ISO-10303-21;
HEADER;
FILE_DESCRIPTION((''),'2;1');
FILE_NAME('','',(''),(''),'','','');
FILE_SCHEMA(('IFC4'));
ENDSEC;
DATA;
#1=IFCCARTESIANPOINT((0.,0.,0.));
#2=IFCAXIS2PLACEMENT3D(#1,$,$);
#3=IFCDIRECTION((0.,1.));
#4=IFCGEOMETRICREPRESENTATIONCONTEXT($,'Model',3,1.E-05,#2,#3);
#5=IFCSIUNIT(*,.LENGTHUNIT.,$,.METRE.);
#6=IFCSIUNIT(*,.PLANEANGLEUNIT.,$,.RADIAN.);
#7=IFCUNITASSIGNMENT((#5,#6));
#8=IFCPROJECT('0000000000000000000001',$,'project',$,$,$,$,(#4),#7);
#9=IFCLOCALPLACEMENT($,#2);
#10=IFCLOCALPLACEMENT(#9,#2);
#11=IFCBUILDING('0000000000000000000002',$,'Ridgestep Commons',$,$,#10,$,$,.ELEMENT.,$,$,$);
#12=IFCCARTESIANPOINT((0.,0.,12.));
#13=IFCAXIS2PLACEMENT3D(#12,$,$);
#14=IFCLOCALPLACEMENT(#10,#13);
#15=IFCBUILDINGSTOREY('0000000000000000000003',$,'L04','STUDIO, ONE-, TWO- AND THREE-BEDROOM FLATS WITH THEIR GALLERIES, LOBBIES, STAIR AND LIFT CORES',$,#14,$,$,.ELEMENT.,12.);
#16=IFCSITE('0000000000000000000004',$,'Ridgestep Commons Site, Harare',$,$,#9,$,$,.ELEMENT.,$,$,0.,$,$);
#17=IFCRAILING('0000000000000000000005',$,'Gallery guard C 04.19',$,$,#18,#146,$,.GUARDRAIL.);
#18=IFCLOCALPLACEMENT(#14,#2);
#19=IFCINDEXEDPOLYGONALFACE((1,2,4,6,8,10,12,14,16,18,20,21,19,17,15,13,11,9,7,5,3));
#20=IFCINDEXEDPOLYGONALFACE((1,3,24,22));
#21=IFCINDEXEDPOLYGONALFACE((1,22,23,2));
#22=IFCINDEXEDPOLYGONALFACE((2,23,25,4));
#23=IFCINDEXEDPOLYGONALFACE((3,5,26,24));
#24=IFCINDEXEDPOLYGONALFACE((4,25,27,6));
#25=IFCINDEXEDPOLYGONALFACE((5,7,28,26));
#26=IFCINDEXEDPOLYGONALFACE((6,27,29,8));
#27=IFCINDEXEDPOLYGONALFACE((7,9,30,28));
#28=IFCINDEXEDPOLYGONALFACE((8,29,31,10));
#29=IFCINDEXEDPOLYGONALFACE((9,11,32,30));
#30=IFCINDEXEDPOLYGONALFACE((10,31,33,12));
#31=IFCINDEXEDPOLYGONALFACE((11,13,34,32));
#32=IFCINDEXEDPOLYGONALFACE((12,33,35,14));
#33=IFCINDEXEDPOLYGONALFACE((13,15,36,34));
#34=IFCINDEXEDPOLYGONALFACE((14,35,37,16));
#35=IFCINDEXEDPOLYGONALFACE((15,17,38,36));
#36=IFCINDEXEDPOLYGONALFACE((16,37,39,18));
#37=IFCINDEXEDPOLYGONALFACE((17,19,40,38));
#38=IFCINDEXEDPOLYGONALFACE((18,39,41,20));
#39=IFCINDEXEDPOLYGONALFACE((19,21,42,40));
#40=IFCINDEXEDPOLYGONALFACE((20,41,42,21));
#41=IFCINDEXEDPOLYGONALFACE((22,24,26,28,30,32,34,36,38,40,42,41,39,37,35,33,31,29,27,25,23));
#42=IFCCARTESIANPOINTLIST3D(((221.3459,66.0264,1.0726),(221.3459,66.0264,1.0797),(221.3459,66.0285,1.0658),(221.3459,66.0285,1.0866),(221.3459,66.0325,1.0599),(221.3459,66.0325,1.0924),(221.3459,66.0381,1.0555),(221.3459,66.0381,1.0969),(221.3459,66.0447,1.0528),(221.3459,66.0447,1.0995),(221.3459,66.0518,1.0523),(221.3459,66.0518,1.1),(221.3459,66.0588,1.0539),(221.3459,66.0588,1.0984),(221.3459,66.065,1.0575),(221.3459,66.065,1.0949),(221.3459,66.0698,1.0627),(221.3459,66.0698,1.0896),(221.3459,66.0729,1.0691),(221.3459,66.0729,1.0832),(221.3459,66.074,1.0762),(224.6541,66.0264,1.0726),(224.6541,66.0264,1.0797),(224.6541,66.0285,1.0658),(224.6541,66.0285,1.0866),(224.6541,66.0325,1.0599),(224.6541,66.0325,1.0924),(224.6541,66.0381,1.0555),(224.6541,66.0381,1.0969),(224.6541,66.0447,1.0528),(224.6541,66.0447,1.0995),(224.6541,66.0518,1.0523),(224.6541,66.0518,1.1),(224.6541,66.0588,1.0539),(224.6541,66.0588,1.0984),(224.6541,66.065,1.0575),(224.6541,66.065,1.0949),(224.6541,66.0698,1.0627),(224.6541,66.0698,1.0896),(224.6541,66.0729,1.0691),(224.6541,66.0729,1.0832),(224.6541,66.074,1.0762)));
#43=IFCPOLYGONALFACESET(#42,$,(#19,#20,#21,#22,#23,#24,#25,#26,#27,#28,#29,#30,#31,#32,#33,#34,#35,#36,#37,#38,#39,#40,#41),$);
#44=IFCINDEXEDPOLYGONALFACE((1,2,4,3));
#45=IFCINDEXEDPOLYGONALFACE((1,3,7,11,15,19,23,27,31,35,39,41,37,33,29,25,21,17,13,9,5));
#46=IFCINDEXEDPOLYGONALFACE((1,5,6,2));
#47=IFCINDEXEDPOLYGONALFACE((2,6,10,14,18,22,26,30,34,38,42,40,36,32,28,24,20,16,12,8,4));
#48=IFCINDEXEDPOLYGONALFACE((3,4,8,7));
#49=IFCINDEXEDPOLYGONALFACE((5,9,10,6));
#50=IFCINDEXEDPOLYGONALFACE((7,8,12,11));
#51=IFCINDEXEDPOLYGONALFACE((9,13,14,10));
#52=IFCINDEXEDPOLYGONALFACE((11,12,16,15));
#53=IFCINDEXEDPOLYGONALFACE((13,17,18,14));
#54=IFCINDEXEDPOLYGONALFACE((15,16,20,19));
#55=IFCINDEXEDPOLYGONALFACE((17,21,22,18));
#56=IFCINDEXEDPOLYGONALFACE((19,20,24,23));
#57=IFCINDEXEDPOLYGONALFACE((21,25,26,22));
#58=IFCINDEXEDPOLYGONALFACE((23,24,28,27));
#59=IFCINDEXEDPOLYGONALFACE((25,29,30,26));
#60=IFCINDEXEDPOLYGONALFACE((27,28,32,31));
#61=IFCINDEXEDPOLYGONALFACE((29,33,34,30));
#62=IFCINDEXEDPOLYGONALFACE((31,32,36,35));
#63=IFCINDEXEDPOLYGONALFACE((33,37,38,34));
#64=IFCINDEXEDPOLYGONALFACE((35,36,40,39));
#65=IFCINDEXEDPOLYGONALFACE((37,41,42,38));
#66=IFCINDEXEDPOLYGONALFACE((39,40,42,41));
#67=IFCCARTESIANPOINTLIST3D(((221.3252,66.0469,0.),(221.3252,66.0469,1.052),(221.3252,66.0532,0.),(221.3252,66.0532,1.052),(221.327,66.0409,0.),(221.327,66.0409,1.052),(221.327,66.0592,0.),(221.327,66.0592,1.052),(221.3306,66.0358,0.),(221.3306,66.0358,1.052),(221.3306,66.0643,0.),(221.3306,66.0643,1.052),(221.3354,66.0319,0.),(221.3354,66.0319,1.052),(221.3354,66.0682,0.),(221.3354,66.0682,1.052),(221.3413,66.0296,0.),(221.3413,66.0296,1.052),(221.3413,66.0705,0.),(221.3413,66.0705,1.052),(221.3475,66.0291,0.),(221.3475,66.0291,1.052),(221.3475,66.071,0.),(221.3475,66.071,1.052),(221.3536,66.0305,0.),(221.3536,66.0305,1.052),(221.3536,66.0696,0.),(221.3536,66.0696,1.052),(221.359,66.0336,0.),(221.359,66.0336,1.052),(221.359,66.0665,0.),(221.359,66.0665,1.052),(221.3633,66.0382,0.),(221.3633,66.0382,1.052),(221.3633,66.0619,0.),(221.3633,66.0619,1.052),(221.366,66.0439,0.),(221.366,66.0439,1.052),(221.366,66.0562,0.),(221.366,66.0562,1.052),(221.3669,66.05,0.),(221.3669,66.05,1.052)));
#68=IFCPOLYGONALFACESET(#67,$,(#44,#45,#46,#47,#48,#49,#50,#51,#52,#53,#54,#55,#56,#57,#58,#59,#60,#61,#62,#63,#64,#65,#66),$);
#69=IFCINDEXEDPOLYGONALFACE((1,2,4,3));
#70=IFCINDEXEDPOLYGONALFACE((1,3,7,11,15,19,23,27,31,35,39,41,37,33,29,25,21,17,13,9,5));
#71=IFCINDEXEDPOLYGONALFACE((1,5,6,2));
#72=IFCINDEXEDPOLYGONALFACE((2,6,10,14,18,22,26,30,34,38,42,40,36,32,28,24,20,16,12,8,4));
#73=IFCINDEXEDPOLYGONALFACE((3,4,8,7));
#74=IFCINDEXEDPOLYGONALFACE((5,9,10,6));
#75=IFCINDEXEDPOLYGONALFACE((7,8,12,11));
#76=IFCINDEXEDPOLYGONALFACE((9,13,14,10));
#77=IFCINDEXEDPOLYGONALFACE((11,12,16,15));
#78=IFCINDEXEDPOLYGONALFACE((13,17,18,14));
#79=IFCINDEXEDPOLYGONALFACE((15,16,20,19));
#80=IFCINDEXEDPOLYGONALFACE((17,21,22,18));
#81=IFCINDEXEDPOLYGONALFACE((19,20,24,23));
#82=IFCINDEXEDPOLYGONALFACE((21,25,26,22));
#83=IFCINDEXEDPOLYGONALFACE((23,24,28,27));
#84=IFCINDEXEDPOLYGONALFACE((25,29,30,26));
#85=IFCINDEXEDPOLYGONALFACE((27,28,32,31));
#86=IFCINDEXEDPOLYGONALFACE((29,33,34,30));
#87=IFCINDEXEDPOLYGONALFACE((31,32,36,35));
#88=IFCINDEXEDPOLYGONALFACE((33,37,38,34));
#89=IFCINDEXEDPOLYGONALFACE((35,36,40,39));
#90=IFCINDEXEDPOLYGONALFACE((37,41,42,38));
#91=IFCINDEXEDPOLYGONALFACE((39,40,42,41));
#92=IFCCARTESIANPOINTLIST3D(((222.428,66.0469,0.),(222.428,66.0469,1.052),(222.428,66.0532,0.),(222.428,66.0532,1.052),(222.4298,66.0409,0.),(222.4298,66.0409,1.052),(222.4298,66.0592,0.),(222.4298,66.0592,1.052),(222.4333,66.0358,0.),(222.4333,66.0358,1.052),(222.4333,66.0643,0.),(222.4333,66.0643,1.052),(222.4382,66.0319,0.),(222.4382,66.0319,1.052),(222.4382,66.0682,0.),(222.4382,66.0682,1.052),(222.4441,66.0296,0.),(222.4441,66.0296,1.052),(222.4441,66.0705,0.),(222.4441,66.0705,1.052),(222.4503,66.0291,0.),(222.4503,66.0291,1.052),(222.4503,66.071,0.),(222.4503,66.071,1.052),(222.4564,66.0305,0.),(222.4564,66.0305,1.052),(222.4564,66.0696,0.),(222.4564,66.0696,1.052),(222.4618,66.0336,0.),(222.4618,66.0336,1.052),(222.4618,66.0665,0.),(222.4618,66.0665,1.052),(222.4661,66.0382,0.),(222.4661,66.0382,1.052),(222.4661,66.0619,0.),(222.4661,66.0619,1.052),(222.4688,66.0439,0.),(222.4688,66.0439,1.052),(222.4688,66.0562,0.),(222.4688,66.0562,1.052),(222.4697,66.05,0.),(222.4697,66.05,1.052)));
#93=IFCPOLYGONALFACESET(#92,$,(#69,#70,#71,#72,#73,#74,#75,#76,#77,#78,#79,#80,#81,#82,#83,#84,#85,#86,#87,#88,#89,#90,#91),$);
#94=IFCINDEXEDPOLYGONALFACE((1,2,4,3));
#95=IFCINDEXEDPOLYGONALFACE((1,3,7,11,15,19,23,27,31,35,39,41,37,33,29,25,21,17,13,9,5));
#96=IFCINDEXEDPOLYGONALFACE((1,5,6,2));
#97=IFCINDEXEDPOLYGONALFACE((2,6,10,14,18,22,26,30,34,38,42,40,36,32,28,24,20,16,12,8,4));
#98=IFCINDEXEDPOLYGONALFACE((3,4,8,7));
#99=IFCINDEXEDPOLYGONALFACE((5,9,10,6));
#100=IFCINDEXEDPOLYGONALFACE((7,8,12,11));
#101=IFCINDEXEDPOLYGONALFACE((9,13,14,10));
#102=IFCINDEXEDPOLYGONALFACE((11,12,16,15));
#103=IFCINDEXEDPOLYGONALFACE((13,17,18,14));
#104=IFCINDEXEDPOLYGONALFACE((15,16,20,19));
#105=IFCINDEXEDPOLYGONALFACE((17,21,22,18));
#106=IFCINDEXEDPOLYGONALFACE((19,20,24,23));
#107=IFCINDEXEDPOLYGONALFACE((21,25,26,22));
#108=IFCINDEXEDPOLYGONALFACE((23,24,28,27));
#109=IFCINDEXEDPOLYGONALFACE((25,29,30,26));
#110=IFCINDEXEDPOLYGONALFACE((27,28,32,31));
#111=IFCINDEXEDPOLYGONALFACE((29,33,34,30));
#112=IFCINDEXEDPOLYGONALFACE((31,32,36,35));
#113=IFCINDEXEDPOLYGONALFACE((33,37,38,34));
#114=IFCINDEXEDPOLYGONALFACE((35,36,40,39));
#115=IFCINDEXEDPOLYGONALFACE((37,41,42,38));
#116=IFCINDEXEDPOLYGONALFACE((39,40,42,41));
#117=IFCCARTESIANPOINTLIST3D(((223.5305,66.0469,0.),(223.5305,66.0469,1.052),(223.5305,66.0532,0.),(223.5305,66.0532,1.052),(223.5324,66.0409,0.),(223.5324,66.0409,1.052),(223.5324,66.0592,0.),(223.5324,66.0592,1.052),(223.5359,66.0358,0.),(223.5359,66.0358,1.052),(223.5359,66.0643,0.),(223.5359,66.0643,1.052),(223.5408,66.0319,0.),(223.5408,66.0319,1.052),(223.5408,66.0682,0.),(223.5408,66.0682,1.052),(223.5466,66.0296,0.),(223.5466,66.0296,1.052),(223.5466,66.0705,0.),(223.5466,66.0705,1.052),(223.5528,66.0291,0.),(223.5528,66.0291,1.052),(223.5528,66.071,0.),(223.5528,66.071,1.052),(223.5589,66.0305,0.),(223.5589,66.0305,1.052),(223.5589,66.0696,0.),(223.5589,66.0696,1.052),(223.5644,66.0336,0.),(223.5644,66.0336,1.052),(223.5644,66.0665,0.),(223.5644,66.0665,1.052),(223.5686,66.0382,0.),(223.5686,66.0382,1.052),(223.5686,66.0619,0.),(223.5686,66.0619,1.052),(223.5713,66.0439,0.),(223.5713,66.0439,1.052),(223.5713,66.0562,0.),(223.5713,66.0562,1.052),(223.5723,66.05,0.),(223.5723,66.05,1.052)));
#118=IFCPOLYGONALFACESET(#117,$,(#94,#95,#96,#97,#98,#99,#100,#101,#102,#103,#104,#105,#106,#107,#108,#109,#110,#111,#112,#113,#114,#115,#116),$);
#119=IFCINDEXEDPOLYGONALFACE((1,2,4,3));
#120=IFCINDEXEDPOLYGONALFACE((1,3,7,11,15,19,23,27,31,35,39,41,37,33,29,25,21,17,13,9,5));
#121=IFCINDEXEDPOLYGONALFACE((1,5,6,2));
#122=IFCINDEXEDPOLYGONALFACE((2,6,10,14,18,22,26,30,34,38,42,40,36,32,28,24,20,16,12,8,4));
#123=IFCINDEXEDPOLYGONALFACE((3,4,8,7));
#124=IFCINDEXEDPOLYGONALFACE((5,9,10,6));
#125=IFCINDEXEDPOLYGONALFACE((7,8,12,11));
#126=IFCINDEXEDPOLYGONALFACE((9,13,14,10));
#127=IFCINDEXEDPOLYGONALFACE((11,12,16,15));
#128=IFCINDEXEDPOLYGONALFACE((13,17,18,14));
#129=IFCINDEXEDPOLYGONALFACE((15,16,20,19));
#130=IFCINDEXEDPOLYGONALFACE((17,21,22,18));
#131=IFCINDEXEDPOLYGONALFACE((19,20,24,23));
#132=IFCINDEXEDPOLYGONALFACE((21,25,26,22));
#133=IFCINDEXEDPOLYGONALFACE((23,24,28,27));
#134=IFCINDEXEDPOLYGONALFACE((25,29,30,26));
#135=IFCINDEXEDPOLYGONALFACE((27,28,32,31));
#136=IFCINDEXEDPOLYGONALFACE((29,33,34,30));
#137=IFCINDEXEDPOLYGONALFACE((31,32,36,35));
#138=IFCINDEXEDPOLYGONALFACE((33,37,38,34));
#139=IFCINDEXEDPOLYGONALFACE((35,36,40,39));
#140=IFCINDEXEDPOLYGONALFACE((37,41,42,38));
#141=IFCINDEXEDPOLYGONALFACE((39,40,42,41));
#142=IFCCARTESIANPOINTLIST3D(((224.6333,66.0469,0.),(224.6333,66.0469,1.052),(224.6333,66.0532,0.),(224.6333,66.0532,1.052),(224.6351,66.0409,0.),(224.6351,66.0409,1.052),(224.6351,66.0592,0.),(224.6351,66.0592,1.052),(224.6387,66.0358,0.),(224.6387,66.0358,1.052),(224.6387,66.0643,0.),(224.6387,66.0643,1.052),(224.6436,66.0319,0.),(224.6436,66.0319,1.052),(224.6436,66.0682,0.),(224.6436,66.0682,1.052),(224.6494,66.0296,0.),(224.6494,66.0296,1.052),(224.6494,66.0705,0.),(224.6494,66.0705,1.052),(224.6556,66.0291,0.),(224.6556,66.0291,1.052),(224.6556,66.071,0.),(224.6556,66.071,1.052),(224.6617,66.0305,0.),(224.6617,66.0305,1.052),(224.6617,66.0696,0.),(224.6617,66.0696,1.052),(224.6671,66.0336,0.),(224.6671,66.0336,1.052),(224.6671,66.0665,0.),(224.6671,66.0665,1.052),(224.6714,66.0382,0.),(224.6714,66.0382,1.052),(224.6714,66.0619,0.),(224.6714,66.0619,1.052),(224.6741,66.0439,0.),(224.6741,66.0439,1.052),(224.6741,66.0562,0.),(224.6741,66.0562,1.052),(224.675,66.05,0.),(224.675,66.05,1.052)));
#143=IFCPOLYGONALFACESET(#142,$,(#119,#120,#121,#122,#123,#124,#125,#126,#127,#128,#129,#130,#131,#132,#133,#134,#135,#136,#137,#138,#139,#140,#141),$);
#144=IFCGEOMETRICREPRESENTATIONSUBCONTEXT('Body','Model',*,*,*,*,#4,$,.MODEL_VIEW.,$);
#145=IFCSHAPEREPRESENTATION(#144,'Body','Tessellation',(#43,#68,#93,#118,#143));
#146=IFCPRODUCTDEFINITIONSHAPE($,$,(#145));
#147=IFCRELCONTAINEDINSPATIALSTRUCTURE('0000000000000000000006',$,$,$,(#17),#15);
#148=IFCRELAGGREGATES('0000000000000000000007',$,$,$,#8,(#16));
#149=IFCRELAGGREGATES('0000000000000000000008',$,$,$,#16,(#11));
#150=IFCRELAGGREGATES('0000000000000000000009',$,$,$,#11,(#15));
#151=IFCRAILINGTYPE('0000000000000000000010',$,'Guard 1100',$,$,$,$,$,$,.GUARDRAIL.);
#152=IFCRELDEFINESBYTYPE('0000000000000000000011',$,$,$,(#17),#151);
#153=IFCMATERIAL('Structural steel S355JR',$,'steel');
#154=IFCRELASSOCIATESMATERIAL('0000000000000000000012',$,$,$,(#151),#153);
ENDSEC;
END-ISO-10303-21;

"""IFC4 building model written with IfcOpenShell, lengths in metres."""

from ifc_helpers import new_model, si_unit, direction, frame, origin, origin_2d, place, context, subcontext, project, spatial, circle, extrude, material, type_object, element, save


model = new_model("IFC4")

# Units and contexts
model_context = context("Model", 3, precision=1e-05, world=origin(), true_north=direction((0.0, 1.0)))
body_context = subcontext(model_context, "Body", "Model", "MODEL_VIEW")
ifc_project = project(units=[si_unit("LENGTHUNIT", "METRE"), si_unit("PLANEANGLEUNIT", "RADIAN")], contexts=[model_context])

# Site, building, storey
site_placement = place(None, origin())
site = spatial("IfcSite", under=ifc_project, at=site_placement, Name="Ridgestep Commons Site, Harare", CompositionType="ELEMENT", RefElevation=0.0)
building_placement = place(site_placement, origin())
building = spatial("IfcBuilding", under=site, at=building_placement, Name="Ridgestep Commons", CompositionType="ELEMENT")
storey_placement = place(building_placement, frame((0.0, 0.0, 12.0)))
storey = spatial("IfcBuildingStorey", under=building, at=storey_placement, Name="L04", Description="STUDIO, ONE-, TWO- AND THREE-BEDROOM FLATS WITH THEIR GALLERIES, LOBBIES, STAIR AND LIFT CORES", CompositionType="ELEMENT", Elevation=12.0)

# Railing
ifc_material_1 = material(Name="Structural steel S355JR", Category="steel")
railing_type = type_object("IfcRailingType", Name="Guard 1100", PredefinedType="GUARDRAIL", material=ifc_material_1)
railing_1_placement = place(storey_placement, frame((221.3459, 66.05, 0.0)))
element("IfcRailing", 1, at=railing_1_placement, inside=storey, type_object=railing_type, Name="Gallery guard C 04.19", PredefinedType="GUARDRAIL", context=body_context, shape_type="SweptSolid", body=[
    extrude(circle(Radius=0.0239, at=origin_2d()), frame((0.0, 0.0, 1.0762), z_axis=(1.0, 0.0, 0.0), x_axis=(0.0, 1.0, 0.0)), (0.0, 0.0, 1.0), 3.3081),
    extrude(circle(Radius=0.021, at=origin_2d()), origin(), (0.0, 0.0, 1.0), 1.052),
    extrude(circle(Radius=0.021, at=origin_2d()), frame((1.1028, 0.0, 0.0)), (0.0, 0.0, 1.0), 1.052),
    extrude(circle(Radius=0.021, at=origin_2d()), frame((2.2053, 0.0, 0.0)), (0.0, 0.0, 1.0), 1.052),
    extrude(circle(Radius=0.021, at=origin_2d()), frame((3.3081, 0.0, 0.0)), (0.0, 0.0, 1.0), 1.052),
])

save(model, "model.ifc")
